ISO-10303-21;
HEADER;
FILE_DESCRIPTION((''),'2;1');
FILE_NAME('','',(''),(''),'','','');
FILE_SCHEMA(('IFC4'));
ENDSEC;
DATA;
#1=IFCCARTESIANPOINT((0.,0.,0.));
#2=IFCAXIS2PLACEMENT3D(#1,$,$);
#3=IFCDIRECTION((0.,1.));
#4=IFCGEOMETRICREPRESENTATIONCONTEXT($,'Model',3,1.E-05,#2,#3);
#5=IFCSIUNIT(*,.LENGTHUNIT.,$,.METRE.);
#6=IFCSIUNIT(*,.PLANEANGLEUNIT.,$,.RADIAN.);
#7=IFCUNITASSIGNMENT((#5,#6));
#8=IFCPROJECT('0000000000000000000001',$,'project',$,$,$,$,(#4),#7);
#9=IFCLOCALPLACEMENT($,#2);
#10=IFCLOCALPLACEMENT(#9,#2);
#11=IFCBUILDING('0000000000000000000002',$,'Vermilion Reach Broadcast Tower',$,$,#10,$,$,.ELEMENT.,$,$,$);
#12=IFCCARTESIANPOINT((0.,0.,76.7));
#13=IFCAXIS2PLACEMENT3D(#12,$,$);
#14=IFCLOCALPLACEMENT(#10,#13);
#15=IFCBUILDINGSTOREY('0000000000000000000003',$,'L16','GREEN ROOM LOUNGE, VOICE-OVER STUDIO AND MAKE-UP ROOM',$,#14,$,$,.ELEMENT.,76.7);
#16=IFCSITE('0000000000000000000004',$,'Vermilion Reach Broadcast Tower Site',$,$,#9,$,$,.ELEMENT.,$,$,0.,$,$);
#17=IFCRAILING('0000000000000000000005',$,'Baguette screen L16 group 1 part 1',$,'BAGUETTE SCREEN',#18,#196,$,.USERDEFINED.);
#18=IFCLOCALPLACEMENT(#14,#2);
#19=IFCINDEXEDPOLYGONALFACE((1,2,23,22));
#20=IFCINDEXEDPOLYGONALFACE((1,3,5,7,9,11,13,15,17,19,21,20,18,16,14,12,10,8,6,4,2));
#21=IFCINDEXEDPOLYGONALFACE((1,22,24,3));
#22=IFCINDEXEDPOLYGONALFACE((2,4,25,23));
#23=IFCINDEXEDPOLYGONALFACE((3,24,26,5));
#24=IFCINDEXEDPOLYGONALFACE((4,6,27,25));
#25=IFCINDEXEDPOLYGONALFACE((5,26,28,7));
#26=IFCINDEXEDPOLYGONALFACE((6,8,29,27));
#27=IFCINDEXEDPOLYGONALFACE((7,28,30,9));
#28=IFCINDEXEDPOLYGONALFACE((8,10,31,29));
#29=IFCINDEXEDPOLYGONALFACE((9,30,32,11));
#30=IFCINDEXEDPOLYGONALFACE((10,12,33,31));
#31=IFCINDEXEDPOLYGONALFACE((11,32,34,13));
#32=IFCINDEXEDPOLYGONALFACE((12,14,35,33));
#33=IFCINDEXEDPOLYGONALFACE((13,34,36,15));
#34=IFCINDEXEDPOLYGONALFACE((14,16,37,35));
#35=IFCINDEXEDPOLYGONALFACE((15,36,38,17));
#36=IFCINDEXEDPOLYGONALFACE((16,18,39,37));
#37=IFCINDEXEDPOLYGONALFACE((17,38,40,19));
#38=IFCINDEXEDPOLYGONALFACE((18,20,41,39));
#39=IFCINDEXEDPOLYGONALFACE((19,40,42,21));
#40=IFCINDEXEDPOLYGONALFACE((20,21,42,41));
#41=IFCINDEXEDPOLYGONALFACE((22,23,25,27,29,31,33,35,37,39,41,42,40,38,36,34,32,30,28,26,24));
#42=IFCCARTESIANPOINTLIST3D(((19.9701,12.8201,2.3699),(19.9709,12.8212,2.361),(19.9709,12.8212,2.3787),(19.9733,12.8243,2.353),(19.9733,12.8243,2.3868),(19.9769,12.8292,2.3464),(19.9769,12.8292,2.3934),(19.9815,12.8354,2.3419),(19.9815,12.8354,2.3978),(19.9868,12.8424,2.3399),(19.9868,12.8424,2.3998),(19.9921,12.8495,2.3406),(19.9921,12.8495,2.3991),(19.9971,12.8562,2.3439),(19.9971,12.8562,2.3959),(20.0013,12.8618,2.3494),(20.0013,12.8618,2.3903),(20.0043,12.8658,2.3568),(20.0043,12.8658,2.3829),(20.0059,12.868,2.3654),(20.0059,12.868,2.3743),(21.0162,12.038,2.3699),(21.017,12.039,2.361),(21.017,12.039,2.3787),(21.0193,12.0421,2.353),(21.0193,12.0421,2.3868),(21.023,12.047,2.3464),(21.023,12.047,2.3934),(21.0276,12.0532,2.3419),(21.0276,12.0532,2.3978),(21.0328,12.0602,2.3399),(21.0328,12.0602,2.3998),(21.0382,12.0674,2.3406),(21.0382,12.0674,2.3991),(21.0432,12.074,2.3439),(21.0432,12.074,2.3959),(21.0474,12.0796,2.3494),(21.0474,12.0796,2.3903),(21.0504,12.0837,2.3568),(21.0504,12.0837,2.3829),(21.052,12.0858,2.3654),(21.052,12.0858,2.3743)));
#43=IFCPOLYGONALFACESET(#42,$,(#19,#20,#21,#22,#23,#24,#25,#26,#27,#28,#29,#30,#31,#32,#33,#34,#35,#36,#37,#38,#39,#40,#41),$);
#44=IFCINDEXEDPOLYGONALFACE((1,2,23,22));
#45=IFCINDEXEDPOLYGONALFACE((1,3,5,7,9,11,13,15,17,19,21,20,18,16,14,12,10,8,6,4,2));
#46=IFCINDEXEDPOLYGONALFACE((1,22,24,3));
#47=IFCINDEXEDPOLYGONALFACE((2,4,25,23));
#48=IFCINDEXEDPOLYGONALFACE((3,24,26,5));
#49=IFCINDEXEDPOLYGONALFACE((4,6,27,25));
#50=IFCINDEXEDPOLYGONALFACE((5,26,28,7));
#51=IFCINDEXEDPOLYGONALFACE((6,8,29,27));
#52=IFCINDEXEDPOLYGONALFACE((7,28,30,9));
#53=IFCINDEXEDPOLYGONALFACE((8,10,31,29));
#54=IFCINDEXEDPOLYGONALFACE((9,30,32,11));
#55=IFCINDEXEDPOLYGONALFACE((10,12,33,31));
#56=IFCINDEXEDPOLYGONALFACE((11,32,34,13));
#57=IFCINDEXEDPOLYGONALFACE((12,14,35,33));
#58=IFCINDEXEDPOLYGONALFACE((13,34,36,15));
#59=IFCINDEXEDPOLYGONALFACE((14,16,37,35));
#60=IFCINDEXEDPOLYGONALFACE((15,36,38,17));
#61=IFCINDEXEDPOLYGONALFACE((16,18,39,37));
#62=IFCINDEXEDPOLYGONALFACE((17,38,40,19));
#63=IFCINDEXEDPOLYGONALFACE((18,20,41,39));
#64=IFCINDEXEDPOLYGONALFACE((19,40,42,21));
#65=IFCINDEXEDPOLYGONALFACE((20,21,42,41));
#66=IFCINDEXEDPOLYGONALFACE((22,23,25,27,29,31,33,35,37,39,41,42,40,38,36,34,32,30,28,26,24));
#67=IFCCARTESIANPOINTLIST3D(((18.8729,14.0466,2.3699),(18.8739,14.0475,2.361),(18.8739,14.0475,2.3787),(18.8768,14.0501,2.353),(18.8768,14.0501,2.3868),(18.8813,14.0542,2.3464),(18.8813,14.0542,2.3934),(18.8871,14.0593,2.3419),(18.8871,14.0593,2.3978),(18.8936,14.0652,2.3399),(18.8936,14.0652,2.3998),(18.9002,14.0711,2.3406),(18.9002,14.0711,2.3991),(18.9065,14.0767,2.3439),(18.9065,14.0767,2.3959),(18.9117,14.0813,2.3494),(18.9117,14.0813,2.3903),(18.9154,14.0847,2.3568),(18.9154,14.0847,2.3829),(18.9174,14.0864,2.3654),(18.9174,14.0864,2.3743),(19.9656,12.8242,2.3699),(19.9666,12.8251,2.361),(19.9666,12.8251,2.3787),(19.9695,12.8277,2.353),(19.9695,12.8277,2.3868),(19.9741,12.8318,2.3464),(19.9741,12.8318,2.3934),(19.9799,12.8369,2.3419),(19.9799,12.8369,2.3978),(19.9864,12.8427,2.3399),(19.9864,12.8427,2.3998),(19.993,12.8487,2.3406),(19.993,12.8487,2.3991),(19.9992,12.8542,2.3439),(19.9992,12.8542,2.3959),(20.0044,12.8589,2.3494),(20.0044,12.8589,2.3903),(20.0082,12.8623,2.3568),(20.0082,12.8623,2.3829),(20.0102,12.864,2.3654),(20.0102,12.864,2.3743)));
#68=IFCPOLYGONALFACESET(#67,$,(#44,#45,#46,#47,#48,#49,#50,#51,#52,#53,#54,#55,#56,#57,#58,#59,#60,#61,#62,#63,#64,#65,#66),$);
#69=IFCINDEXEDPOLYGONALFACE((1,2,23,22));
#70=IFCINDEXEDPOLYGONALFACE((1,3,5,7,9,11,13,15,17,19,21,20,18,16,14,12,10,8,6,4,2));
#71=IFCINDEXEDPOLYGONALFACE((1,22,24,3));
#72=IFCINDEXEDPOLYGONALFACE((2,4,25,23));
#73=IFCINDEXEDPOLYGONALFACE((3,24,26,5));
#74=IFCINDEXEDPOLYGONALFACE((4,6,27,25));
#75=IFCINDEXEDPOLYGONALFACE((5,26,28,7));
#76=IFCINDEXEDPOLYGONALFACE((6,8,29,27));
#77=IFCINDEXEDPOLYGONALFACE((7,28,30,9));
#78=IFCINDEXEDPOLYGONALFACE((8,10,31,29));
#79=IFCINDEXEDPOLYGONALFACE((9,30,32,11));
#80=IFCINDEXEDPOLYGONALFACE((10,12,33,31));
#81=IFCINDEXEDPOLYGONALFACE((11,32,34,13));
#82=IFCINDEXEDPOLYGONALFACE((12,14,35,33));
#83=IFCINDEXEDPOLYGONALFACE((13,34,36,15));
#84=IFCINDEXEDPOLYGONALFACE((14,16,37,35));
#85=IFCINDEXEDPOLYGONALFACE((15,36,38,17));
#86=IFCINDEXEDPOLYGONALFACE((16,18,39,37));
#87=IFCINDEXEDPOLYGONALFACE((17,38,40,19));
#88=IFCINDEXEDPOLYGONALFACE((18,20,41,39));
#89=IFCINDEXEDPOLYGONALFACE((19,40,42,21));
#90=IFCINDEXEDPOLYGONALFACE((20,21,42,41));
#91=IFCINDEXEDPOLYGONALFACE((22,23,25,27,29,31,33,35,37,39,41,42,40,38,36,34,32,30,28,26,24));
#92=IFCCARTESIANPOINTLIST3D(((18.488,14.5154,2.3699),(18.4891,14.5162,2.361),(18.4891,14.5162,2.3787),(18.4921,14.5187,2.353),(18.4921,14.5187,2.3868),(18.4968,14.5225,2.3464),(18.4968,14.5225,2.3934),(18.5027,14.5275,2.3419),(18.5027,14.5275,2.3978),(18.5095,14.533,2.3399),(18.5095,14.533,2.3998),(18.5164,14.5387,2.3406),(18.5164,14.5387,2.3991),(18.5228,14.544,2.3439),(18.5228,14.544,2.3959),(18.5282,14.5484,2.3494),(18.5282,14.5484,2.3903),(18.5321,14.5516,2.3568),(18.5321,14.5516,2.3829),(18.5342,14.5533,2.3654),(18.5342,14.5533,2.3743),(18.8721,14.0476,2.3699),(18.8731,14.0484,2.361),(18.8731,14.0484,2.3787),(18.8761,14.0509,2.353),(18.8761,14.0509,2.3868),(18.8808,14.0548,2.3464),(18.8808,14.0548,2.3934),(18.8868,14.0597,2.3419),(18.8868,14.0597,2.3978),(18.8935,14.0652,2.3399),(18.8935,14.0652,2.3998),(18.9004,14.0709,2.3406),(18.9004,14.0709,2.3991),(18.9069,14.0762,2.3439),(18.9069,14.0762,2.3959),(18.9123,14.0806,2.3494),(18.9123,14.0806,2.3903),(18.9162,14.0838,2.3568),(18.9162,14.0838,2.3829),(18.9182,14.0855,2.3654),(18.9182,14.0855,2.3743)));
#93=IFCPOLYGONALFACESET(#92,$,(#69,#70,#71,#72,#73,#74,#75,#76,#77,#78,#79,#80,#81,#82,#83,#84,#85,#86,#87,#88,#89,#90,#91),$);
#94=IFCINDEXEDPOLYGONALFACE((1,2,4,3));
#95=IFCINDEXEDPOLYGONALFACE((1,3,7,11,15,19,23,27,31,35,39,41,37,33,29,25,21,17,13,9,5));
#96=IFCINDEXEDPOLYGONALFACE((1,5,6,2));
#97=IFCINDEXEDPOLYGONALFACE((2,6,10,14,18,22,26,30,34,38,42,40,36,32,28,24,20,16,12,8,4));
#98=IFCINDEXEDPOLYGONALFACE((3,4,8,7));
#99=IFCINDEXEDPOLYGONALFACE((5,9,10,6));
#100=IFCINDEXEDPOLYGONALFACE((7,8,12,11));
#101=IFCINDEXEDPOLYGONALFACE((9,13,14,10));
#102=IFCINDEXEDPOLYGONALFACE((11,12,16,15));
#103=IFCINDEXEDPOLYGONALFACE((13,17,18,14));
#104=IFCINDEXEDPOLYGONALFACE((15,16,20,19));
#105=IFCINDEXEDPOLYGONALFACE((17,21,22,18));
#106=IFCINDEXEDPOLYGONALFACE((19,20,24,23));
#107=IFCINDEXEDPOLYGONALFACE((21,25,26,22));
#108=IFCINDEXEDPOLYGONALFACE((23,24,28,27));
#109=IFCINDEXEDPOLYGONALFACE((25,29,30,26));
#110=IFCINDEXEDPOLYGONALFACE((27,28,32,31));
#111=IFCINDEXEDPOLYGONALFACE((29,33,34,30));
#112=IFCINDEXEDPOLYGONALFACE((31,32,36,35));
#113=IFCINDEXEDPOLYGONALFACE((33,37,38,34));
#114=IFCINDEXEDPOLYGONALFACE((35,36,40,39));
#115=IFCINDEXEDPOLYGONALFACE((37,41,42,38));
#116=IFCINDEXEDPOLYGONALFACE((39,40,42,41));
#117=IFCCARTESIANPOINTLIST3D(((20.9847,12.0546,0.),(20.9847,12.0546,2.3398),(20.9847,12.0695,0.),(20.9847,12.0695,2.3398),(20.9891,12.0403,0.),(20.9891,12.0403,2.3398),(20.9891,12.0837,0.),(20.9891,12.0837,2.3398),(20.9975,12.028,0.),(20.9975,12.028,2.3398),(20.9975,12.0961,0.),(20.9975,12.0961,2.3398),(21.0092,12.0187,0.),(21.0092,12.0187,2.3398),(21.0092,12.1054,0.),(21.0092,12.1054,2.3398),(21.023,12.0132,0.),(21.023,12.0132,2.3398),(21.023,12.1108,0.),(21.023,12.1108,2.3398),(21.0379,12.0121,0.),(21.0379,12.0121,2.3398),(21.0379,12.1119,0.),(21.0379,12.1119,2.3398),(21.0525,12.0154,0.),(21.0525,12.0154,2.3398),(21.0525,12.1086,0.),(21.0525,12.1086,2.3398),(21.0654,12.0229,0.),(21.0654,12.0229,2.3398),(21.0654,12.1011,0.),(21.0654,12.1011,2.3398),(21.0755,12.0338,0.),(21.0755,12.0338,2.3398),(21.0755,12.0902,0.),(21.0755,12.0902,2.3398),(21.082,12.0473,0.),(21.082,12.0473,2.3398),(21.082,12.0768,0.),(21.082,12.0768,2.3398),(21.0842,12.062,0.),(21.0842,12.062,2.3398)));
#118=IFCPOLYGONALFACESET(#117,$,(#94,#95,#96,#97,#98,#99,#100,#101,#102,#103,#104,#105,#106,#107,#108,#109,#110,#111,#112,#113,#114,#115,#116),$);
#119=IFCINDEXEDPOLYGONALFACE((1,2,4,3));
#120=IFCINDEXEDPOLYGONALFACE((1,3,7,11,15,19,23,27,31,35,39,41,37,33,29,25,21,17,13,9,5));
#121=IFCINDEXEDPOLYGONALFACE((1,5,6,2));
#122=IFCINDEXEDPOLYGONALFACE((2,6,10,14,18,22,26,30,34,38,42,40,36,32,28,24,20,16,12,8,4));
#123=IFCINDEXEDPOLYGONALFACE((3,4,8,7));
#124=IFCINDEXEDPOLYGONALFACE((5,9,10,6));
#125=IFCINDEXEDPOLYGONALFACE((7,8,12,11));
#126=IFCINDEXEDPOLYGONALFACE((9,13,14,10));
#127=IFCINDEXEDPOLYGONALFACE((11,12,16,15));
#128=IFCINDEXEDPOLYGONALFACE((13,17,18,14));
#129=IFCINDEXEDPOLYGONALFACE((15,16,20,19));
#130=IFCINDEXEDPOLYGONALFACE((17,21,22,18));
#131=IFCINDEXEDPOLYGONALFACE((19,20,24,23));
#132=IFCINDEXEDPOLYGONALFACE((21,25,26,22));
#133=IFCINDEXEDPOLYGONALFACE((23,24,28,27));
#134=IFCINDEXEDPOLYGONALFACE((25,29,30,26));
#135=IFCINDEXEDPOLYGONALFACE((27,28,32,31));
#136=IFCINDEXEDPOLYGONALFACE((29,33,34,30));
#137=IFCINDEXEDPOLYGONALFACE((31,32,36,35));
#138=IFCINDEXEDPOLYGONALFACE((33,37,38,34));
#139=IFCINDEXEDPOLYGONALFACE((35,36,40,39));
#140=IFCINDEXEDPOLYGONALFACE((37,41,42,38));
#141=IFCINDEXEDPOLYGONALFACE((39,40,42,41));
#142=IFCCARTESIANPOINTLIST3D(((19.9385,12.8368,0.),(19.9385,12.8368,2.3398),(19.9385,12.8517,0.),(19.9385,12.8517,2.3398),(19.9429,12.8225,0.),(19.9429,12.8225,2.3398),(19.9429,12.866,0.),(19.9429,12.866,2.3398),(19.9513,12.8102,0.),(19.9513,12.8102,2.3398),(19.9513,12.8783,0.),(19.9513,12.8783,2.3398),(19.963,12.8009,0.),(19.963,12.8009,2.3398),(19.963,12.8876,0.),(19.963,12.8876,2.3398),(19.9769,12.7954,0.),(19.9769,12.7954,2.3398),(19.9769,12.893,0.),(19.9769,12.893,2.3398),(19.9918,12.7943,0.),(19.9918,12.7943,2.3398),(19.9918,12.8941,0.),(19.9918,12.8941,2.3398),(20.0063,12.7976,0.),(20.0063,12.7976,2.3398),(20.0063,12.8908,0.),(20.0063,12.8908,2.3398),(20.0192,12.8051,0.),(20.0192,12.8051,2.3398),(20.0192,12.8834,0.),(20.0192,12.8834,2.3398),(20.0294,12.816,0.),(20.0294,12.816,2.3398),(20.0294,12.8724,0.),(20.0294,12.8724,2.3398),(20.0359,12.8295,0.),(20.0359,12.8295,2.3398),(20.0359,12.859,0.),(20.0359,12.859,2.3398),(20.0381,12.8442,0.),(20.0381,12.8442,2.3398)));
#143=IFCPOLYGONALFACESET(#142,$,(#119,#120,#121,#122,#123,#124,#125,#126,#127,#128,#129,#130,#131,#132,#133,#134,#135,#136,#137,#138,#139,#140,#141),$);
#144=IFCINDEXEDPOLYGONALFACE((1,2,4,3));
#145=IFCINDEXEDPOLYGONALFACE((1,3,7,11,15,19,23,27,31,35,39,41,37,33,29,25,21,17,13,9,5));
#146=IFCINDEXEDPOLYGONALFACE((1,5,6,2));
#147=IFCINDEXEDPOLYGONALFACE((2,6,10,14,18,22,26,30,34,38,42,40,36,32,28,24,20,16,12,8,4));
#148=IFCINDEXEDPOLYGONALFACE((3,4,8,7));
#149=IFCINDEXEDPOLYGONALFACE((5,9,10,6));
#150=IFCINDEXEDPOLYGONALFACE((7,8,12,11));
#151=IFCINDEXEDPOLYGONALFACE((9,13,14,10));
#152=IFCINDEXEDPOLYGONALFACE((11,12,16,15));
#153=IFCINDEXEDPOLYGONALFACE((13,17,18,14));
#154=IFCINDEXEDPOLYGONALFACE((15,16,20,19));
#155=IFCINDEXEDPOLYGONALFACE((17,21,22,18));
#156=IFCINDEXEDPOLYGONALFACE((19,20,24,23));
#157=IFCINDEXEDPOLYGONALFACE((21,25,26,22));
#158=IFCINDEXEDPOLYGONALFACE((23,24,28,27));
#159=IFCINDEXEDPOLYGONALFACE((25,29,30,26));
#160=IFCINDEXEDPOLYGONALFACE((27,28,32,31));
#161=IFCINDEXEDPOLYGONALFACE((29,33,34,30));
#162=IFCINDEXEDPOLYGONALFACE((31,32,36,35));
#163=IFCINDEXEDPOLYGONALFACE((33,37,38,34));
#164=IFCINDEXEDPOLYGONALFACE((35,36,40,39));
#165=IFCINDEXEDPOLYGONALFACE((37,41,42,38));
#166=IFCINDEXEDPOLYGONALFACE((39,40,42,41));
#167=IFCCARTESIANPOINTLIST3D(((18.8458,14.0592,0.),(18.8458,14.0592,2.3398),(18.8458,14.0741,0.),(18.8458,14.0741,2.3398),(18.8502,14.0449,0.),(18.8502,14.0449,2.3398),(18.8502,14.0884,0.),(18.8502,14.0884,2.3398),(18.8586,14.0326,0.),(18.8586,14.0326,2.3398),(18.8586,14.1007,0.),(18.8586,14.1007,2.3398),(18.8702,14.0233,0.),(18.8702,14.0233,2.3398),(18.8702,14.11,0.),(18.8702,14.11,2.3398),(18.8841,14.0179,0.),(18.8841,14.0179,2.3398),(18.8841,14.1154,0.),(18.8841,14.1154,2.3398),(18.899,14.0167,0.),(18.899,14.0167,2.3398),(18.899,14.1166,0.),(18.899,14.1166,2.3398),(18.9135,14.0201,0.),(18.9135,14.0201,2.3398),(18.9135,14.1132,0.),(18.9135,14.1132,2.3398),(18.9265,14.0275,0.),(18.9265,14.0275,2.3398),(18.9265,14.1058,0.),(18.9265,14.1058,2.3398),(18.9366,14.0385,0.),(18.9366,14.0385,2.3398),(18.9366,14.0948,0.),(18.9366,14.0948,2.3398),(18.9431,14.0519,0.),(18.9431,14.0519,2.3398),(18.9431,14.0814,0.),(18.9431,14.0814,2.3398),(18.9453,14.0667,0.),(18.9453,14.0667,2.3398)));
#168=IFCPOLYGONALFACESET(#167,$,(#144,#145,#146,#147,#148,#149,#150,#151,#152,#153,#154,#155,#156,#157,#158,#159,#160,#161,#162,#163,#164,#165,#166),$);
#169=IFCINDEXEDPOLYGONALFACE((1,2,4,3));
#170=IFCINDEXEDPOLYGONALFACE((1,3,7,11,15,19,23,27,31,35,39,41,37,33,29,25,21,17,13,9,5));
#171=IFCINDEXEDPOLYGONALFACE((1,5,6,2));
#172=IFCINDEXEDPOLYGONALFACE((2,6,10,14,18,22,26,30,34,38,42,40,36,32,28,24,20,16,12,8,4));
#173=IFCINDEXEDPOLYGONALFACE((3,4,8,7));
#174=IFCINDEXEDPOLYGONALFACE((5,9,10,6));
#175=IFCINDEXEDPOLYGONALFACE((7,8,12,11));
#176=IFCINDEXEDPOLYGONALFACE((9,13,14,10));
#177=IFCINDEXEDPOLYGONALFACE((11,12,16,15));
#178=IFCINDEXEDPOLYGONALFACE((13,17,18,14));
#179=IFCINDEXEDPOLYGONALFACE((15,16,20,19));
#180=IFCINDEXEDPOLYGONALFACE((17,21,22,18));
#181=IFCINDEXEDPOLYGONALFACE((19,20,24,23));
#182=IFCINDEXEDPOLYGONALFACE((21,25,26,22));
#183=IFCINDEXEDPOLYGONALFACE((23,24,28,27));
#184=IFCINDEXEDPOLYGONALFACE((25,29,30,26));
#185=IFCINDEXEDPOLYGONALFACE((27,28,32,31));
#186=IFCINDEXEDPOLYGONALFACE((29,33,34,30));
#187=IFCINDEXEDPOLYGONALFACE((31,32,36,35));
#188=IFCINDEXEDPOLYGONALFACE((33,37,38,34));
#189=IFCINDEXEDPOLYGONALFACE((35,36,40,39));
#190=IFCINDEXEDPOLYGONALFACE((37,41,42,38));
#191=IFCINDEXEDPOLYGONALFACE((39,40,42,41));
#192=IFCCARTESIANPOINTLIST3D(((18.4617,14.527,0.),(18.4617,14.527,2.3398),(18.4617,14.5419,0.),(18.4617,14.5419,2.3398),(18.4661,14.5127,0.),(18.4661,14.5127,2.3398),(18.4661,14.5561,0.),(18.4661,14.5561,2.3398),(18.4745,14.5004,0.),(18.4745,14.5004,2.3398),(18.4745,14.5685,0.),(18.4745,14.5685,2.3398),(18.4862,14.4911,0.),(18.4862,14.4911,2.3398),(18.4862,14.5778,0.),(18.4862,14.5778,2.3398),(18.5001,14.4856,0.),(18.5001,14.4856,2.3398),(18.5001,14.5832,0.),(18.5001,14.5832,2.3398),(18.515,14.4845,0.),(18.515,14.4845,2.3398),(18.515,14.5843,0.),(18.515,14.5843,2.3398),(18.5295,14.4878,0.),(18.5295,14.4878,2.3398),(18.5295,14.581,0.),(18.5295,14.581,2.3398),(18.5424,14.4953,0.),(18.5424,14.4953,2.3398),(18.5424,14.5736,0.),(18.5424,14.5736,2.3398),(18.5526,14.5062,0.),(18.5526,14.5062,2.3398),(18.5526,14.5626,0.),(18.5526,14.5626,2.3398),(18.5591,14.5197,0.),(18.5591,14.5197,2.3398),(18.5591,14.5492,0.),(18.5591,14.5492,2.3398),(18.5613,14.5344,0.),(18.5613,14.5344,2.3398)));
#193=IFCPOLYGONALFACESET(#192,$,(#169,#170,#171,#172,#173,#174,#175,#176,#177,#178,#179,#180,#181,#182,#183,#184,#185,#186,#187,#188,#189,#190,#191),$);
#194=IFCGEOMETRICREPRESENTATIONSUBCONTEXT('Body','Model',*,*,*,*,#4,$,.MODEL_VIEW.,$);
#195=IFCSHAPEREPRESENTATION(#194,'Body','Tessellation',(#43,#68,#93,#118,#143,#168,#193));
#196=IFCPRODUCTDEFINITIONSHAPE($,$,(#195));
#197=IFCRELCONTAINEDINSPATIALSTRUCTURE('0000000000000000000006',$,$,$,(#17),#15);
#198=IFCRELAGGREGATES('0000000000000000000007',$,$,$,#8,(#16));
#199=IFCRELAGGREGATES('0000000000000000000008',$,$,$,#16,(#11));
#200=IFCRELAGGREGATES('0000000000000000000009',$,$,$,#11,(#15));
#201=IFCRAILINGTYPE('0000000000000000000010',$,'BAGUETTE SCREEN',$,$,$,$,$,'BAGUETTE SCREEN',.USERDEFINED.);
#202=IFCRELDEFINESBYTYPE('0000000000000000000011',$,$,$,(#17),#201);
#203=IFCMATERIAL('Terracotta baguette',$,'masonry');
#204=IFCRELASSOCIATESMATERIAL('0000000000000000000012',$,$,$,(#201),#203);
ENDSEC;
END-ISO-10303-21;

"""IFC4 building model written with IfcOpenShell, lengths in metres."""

from ifc_helpers import new_model, si_unit, direction, frame, origin, origin_2d, place, context, subcontext, project, spatial, circle, extrude, material, type_object, element, save


model = new_model("IFC4")

# Units and contexts
model_context = context("Model", 3, precision=1e-05, world=origin(), true_north=direction((0.0, 1.0)))
body_context = subcontext(model_context, "Body", "Model", "MODEL_VIEW")
ifc_project = project(units=[si_unit("LENGTHUNIT", "METRE"), si_unit("PLANEANGLEUNIT", "RADIAN")], contexts=[model_context])

# Site, building, storey
site_placement = place(None, origin())
site = spatial("IfcSite", under=ifc_project, at=site_placement, Name="Vermilion Reach Broadcast Tower Site", CompositionType="ELEMENT", RefElevation=0.0)
building_placement = place(site_placement, origin())
building = spatial("IfcBuilding", under=site, at=building_placement, Name="Vermilion Reach Broadcast Tower", CompositionType="ELEMENT")
storey_placement = place(building_placement, frame((0.0, 0.0, 76.7)))
storey = spatial("IfcBuildingStorey", under=building, at=storey_placement, Name="L16", Description="GREEN ROOM LOUNGE, VOICE-OVER STUDIO AND MAKE-UP ROOM", CompositionType="ELEMENT", Elevation=76.7)

# Railing
ifc_material_1 = material(Name="Terracotta baguette", Category="masonry")
railing_type_1 = type_object("IfcRailingType", Name="BAGUETTE SCREEN", ElementType="BAGUETTE SCREEN", PredefinedType="USERDEFINED", material=ifc_material_1)
railing_1_placement = place(storey_placement, frame((21.0342, 12.062, 0.0)))
element("IfcRailing", 1, at=railing_1_placement, inside=storey, type_object=railing_type_1, Name="Baguette screen L16 group 1 part 1", ObjectType="BAGUETTE SCREEN", PredefinedType="USERDEFINED", context=body_context, shape_type="SweptSolid", body=[
    extrude(circle(Radius=0.03, at=origin_2d()), frame((0.0, 0.0, 2.3699), z_axis=(-0.800874, 0.598833, 0.0), x_axis=(-0.598833, -0.800874, 0.0)), (0.0, 0.0, 1.0), 1.3062),
    extrude(circle(Radius=0.03, at=origin_2d()), frame((-1.0461, 0.7822, 2.3699), z_axis=(-0.666468, 0.745533, 0.0), x_axis=(-0.745533, -0.666468, 0.0)), (0.0, 0.0, 1.0), 1.6396),
    extrude(circle(Radius=0.03, at=origin_2d()), frame((-2.1389, 2.0046, 2.3699), z_axis=(-0.634533, 0.772896, 0.0), x_axis=(-0.772896, -0.634533, 0.0)), (0.0, 0.0, 1.0), 0.6052),
    extrude(circle(Radius=0.05, at=origin_2d()), origin(), (0.0, 0.0, 1.0), 2.3398),
    extrude(circle(Radius=0.05, at=origin_2d()), frame((-1.0461, 0.7822, 0.0)), (0.0, 0.0, 1.0), 2.3398),
    extrude(circle(Radius=0.05, at=origin_2d()), frame((-2.1389, 2.0046, 0.0)), (0.0, 0.0, 1.0), 2.3398),
    extrude(circle(Radius=0.05, at=origin_2d()), frame((-2.5229, 2.4724, 0.0)), (0.0, 0.0, 1.0), 2.3398),
])

save(model, "model.ifc")
